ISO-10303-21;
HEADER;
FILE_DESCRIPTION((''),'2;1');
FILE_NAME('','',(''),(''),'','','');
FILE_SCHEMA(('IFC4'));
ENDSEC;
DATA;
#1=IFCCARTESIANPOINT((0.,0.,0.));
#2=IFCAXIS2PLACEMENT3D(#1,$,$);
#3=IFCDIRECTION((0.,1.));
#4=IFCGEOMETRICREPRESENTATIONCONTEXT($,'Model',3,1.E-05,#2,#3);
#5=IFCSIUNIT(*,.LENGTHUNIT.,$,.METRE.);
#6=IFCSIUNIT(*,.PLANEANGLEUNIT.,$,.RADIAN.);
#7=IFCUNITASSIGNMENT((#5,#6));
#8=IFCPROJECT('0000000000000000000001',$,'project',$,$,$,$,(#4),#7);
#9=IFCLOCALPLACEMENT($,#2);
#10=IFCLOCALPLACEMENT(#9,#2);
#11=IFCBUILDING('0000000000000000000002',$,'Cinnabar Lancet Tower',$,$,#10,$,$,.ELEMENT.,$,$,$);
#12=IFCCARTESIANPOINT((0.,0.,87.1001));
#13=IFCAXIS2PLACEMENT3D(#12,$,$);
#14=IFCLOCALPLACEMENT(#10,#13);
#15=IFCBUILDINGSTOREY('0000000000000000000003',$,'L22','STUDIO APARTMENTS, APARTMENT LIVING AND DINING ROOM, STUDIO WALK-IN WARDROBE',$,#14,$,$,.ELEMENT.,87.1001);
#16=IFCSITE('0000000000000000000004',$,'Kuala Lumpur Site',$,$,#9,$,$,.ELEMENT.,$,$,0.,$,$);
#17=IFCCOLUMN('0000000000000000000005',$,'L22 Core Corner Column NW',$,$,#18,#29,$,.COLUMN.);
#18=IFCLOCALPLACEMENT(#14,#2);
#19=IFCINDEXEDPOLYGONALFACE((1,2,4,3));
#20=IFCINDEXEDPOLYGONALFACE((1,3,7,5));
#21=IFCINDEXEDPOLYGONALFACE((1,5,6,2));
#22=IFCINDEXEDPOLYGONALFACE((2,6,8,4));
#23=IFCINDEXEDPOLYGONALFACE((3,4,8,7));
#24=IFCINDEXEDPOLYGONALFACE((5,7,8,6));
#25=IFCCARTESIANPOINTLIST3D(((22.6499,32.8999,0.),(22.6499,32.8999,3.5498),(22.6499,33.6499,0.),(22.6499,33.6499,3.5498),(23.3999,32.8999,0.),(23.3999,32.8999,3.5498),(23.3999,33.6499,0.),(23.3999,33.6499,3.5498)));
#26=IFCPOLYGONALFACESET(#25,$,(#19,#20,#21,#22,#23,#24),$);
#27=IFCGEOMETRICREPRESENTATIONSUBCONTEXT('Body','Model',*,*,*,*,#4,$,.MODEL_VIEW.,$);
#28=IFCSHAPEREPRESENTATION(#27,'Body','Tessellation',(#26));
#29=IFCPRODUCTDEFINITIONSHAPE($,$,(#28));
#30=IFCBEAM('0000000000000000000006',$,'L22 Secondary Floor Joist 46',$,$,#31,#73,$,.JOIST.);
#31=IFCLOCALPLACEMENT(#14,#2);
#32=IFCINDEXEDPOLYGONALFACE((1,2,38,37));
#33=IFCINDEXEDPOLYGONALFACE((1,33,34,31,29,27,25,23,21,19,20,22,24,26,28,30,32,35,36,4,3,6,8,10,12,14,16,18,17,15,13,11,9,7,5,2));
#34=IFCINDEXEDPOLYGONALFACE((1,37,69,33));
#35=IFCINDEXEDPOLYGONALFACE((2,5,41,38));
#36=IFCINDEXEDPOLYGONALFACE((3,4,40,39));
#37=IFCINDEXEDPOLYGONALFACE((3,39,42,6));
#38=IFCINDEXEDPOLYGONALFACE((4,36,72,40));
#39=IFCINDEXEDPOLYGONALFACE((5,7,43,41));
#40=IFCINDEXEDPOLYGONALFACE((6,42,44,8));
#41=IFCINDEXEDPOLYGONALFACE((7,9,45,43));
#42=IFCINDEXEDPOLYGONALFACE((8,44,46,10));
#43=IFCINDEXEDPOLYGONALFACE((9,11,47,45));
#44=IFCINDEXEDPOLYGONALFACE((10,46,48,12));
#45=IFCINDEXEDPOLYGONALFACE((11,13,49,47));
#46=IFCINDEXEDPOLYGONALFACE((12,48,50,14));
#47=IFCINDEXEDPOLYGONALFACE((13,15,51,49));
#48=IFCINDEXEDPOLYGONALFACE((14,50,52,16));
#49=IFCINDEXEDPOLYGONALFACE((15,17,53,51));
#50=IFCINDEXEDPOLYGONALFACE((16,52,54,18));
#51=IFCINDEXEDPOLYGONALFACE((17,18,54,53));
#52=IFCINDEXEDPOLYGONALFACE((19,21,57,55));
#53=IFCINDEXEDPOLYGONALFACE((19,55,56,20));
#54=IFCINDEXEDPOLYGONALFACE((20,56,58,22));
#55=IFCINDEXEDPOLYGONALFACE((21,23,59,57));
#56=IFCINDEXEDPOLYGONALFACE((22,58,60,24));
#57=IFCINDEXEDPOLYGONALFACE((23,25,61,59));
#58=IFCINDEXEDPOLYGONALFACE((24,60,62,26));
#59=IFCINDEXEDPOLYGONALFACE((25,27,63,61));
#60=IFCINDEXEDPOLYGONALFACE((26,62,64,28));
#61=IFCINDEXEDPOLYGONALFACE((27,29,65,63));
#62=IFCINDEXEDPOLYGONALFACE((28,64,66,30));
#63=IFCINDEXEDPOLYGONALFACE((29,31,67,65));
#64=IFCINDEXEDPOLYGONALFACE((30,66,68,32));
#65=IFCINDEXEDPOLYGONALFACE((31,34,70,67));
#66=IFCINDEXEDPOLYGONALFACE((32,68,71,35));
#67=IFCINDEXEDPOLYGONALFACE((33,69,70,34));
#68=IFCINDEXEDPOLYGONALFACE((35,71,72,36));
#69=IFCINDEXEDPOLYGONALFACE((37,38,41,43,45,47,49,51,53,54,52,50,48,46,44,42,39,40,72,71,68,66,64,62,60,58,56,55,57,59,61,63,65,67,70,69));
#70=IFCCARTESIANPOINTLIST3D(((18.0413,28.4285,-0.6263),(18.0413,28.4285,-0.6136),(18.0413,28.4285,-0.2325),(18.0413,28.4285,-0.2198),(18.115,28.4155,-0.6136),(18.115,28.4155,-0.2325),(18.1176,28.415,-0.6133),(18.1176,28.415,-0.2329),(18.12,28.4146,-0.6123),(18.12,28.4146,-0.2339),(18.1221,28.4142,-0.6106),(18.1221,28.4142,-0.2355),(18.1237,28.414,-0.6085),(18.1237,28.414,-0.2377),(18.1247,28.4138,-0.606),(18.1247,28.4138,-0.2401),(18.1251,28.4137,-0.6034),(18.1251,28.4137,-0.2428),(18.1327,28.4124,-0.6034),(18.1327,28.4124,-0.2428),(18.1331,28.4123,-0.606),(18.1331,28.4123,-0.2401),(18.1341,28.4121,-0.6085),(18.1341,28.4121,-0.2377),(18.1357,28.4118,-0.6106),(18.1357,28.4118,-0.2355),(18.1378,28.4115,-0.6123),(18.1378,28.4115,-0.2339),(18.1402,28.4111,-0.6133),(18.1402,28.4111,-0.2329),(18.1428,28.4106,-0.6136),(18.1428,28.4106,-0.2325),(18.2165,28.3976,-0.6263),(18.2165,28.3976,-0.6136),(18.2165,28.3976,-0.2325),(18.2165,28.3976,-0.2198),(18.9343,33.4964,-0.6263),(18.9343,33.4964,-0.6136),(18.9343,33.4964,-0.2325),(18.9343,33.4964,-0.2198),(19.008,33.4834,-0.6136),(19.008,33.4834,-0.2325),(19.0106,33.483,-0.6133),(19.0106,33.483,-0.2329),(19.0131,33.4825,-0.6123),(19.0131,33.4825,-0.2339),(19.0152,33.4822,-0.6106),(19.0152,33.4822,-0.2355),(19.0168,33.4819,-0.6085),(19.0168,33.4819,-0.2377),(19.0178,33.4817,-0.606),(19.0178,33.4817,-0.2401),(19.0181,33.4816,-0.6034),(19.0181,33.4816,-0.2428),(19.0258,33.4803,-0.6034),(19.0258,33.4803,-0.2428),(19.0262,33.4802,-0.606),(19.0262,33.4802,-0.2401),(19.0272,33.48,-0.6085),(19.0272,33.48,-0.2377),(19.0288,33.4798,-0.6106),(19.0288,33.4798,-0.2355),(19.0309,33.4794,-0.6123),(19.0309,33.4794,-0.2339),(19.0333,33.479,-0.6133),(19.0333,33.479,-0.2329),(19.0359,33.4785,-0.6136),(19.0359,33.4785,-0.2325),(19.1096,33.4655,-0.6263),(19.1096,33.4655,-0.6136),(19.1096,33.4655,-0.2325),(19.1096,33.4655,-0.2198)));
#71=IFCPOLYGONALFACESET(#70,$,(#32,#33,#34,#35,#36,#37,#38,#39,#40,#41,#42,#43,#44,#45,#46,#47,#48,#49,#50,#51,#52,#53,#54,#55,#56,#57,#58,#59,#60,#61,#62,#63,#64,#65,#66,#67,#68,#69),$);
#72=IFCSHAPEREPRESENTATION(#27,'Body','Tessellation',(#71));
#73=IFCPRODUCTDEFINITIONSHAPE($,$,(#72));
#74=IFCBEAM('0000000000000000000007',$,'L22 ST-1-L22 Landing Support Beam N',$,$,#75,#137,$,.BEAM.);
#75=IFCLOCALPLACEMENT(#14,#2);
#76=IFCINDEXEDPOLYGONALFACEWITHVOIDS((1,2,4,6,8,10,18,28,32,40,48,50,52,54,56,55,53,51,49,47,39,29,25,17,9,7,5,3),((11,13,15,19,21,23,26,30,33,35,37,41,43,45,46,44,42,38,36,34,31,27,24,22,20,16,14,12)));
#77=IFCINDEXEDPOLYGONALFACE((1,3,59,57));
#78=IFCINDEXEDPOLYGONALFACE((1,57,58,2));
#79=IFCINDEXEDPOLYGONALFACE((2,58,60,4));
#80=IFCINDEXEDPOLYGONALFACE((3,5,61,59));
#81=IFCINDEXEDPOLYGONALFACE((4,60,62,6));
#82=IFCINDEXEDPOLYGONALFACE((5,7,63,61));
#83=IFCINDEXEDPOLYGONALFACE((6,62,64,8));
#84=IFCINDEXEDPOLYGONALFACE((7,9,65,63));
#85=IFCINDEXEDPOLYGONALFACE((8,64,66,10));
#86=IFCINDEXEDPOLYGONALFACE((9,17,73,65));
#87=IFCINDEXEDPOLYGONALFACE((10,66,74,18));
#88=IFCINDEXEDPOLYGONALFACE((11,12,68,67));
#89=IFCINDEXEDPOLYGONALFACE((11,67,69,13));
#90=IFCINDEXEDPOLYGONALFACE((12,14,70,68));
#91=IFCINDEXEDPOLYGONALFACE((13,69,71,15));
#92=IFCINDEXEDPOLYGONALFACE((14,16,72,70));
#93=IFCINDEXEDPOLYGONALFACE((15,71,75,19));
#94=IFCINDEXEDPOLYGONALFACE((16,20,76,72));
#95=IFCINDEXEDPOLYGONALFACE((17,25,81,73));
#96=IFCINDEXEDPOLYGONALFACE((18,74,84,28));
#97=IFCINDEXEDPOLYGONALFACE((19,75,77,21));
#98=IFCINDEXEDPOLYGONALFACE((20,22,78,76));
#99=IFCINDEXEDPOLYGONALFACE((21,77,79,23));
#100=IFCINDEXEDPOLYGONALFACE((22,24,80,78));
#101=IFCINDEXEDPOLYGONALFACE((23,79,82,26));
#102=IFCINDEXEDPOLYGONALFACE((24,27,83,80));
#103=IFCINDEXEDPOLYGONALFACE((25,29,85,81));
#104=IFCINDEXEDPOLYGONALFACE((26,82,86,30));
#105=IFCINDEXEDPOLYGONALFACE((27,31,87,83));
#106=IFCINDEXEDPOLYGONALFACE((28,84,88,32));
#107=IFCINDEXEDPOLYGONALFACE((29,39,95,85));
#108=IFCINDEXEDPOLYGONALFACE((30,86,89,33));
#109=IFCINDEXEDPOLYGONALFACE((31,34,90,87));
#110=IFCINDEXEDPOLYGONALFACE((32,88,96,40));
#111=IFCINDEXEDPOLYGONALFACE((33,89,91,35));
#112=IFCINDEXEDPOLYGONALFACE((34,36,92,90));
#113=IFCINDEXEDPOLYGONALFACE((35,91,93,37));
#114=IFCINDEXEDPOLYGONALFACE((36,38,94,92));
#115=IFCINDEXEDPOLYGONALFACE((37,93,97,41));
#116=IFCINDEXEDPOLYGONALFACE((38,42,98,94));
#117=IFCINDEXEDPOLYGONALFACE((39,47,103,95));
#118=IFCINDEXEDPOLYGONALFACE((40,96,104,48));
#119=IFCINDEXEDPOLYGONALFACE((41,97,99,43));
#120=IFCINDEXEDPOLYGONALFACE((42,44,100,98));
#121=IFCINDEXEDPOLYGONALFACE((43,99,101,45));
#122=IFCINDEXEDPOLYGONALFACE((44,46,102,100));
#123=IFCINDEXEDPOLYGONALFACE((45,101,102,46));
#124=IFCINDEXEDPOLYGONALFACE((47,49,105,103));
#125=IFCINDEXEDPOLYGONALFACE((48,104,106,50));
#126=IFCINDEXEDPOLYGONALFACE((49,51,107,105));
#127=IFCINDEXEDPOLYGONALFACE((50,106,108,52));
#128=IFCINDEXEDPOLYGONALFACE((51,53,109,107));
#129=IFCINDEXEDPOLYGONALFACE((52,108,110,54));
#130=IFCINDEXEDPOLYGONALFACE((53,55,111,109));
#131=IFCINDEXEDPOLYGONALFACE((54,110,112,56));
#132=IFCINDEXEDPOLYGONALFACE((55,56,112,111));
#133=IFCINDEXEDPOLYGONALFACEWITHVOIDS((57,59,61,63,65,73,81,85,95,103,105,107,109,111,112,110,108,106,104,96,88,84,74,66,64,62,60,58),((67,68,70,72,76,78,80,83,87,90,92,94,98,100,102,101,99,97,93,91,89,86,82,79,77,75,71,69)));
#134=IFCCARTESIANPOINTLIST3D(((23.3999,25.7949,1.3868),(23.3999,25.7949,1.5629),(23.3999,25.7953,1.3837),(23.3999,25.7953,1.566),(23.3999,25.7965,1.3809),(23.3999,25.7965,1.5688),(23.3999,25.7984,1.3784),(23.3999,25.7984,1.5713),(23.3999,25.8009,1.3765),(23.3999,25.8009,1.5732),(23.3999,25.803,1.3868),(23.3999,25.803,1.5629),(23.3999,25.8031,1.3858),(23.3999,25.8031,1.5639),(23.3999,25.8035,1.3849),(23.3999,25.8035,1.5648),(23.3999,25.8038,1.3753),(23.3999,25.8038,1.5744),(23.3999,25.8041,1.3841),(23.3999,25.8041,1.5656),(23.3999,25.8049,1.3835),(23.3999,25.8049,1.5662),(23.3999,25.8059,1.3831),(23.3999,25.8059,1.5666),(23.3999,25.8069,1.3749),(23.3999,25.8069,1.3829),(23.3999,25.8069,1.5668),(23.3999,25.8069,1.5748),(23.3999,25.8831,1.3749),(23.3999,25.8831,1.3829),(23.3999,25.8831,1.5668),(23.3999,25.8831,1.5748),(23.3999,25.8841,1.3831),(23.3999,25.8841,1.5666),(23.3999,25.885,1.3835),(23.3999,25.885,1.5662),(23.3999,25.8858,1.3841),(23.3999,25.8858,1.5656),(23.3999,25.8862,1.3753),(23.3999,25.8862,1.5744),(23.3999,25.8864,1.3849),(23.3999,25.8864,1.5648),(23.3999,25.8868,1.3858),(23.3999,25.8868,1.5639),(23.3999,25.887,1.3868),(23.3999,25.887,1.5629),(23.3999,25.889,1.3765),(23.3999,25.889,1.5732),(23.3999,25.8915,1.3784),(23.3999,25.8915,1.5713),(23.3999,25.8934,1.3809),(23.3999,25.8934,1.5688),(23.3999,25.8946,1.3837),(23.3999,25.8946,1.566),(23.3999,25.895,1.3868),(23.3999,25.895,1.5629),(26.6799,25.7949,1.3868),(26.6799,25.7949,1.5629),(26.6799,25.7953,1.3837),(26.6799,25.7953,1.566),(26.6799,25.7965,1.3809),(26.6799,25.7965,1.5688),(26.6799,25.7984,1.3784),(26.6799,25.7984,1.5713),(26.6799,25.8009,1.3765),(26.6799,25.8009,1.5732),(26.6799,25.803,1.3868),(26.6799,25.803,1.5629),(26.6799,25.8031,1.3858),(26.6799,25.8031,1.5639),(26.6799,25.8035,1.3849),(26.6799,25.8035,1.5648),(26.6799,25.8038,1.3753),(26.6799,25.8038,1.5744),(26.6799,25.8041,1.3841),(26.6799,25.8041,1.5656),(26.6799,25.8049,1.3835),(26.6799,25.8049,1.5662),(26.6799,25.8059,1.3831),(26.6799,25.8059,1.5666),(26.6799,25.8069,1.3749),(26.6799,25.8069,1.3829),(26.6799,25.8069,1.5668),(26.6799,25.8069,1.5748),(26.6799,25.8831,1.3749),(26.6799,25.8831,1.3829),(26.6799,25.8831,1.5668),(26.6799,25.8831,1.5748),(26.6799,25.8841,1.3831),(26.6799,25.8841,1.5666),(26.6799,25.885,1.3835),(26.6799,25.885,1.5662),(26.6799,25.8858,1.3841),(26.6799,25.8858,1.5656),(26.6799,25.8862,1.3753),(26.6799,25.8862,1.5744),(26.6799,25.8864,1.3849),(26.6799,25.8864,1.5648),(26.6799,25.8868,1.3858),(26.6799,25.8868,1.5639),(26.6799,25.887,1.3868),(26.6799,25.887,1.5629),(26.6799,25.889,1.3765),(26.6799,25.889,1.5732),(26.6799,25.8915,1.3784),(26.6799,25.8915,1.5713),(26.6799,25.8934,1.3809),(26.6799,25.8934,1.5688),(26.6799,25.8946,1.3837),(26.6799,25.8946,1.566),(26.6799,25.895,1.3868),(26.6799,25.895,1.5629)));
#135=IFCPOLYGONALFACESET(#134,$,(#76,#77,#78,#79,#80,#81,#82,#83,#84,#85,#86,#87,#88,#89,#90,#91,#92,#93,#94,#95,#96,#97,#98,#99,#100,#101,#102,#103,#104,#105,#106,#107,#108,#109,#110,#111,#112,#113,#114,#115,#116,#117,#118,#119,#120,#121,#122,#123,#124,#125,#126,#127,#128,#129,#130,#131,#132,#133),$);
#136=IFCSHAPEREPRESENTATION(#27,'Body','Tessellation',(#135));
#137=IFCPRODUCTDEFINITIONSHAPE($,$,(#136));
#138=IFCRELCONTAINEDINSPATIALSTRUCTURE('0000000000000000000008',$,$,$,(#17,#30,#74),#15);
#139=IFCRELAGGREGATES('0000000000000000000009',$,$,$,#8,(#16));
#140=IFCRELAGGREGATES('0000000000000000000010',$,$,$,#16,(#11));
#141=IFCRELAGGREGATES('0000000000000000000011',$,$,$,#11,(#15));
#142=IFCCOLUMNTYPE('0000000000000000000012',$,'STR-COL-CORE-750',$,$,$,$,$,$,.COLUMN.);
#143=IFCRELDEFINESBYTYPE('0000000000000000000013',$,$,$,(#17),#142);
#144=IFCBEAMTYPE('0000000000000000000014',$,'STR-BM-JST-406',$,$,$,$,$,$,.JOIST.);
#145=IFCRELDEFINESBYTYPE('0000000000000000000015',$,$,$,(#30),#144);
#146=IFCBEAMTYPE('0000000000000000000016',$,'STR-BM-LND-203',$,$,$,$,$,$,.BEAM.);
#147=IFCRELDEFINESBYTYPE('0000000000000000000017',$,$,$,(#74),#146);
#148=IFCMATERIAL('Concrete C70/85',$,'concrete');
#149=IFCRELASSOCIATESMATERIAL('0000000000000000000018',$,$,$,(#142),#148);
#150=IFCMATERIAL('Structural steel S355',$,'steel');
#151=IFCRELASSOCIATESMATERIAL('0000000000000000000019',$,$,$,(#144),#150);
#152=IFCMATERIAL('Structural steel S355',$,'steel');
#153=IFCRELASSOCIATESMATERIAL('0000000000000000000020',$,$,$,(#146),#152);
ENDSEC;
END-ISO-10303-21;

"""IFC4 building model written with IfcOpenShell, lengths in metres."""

from ifc_helpers import new_model, si_unit, direction, frame, origin, origin_2d, place, context, subcontext, project, spatial, rectangle, hollow_rectangle, i_section, extrude, material, material_profile, profile_set, type_object, element, save


model = new_model("IFC4")

# Units and contexts
model_context = context("Model", 3, precision=1e-05, world=origin(), true_north=direction((0.0, 1.0)))
body_context = subcontext(model_context, "Body", "Model", "MODEL_VIEW")
ifc_project = project(units=[si_unit("LENGTHUNIT", "METRE"), si_unit("PLANEANGLEUNIT", "RADIAN")], contexts=[model_context])

# Site, building, storey
site_placement = place(None, origin())
site = spatial("IfcSite", under=ifc_project, at=site_placement, Name="Kuala Lumpur Site", CompositionType="ELEMENT", RefElevation=0.0)
building_placement = place(site_placement, origin())
building = spatial("IfcBuilding", under=site, at=building_placement, Name="Cinnabar Lancet Tower", CompositionType="ELEMENT")
storey_placement = place(building_placement, frame((0.0, 0.0, 87.1001)))
storey = spatial("IfcBuildingStorey", under=building, at=storey_placement, Name="L22", Description="STUDIO APARTMENTS, APARTMENT LIVING AND DINING ROOM, STUDIO WALK-IN WARDROBE", CompositionType="ELEMENT", Elevation=87.1001)

# Column
ifc_material_1 = material(Name="Concrete C70/85", Category="concrete")
ifc_material_profile_1 = material_profile(ifc_material_1, rectangle(XDim=0.75, YDim=0.75, at=origin_2d()), Name="RC-COL 750x750")
ifc_profile_set_1 = profile_set([ifc_material_profile_1], Name="Concrete C70/85")
column_type = type_object("IfcColumnType", Name="STR-COL-CORE-750", PredefinedType="COLUMN", material=ifc_profile_set_1)
column_placement = place(storey_placement, frame((23.0249, 33.2749, 0.0), z_axis=(0.0, 0.0, 1.0), x_axis=(1.0, 0.0, 0.0)))
element("IfcColumn", 1, at=column_placement, inside=storey, type_object=column_type, Name="L22 Core Corner Column NW", PredefinedType="COLUMN", context=body_context, shape_type="SweptSolid", body=[
    extrude(rectangle(XDim=0.75, YDim=0.75, at=origin_2d()), origin(), (0.0, 0.0, 1.0), 3.5498),
])

# Beams
ifc_material_2 = material(Name="Structural steel S355", Category="steel")
ifc_material_profile_2 = material_profile(ifc_material_2, i_section(OverallWidth=0.178, OverallDepth=0.4065, WebThickness=0.0078, FlangeThickness=0.0127, FilletRadius=0.0103, at=origin_2d()), Name="UKB 406x178x60")
ifc_profile_set_2 = profile_set([ifc_material_profile_2], Name="Structural steel S355")
beam_type_1 = type_object("IfcBeamType", Name="STR-BM-JST-406", PredefinedType="JOIST", material=ifc_profile_set_2)
beam_1_placement = place(storey_placement, frame((19.022, 33.481, -0.4231), z_axis=(-0.173547, -0.984826, 0.0), x_axis=(0.984826, -0.173547, 0.0)))
element("IfcBeam", 2, at=beam_1_placement, inside=storey, type_object=beam_type_1, Name="L22 Secondary Floor Joist 46", PredefinedType="JOIST", context=body_context, shape_type="SweptSolid", body=[
    extrude(i_section(OverallWidth=0.178, OverallDepth=0.4065, WebThickness=0.0078, FlangeThickness=0.0127, FilletRadius=0.0103, at=origin_2d()), origin(), (0.0, 0.0, 1.0), 5.146),
])
ifc_material_3 = material(Name="Structural steel S355", Category="steel")
ifc_material_profile_3 = material_profile(ifc_material_3, hollow_rectangle(XDim=0.1001, YDim=0.2, WallThickness=0.0081, InnerFilletRadius=0.0039, OuterFilletRadius=0.012, at=origin_2d()), Name="RHS 200x100x8")
ifc_profile_set_3 = profile_set([ifc_material_profile_3], Name="Structural steel S355")
beam_type_2 = type_object("IfcBeamType", Name="STR-BM-LND-203", PredefinedType="BEAM", material=ifc_profile_set_3)
beam_2_placement = place(storey_placement, frame((23.3999, 25.845, 1.4749), z_axis=(1.0, 0.0, 0.0), x_axis=(0.0, 1.0, 0.0)))
element("IfcBeam", 3, at=beam_2_placement, inside=storey, type_object=beam_type_2, Name="L22 ST-1-L22 Landing Support Beam N", PredefinedType="BEAM", context=body_context, shape_type="SweptSolid", body=[
    extrude(hollow_rectangle(XDim=0.1001, YDim=0.2, WallThickness=0.0081, InnerFilletRadius=0.0039, OuterFilletRadius=0.012, at=origin_2d()), origin(), (0.0, 0.0, 1.0), 3.28),
])

save(model, "model.ifc")
